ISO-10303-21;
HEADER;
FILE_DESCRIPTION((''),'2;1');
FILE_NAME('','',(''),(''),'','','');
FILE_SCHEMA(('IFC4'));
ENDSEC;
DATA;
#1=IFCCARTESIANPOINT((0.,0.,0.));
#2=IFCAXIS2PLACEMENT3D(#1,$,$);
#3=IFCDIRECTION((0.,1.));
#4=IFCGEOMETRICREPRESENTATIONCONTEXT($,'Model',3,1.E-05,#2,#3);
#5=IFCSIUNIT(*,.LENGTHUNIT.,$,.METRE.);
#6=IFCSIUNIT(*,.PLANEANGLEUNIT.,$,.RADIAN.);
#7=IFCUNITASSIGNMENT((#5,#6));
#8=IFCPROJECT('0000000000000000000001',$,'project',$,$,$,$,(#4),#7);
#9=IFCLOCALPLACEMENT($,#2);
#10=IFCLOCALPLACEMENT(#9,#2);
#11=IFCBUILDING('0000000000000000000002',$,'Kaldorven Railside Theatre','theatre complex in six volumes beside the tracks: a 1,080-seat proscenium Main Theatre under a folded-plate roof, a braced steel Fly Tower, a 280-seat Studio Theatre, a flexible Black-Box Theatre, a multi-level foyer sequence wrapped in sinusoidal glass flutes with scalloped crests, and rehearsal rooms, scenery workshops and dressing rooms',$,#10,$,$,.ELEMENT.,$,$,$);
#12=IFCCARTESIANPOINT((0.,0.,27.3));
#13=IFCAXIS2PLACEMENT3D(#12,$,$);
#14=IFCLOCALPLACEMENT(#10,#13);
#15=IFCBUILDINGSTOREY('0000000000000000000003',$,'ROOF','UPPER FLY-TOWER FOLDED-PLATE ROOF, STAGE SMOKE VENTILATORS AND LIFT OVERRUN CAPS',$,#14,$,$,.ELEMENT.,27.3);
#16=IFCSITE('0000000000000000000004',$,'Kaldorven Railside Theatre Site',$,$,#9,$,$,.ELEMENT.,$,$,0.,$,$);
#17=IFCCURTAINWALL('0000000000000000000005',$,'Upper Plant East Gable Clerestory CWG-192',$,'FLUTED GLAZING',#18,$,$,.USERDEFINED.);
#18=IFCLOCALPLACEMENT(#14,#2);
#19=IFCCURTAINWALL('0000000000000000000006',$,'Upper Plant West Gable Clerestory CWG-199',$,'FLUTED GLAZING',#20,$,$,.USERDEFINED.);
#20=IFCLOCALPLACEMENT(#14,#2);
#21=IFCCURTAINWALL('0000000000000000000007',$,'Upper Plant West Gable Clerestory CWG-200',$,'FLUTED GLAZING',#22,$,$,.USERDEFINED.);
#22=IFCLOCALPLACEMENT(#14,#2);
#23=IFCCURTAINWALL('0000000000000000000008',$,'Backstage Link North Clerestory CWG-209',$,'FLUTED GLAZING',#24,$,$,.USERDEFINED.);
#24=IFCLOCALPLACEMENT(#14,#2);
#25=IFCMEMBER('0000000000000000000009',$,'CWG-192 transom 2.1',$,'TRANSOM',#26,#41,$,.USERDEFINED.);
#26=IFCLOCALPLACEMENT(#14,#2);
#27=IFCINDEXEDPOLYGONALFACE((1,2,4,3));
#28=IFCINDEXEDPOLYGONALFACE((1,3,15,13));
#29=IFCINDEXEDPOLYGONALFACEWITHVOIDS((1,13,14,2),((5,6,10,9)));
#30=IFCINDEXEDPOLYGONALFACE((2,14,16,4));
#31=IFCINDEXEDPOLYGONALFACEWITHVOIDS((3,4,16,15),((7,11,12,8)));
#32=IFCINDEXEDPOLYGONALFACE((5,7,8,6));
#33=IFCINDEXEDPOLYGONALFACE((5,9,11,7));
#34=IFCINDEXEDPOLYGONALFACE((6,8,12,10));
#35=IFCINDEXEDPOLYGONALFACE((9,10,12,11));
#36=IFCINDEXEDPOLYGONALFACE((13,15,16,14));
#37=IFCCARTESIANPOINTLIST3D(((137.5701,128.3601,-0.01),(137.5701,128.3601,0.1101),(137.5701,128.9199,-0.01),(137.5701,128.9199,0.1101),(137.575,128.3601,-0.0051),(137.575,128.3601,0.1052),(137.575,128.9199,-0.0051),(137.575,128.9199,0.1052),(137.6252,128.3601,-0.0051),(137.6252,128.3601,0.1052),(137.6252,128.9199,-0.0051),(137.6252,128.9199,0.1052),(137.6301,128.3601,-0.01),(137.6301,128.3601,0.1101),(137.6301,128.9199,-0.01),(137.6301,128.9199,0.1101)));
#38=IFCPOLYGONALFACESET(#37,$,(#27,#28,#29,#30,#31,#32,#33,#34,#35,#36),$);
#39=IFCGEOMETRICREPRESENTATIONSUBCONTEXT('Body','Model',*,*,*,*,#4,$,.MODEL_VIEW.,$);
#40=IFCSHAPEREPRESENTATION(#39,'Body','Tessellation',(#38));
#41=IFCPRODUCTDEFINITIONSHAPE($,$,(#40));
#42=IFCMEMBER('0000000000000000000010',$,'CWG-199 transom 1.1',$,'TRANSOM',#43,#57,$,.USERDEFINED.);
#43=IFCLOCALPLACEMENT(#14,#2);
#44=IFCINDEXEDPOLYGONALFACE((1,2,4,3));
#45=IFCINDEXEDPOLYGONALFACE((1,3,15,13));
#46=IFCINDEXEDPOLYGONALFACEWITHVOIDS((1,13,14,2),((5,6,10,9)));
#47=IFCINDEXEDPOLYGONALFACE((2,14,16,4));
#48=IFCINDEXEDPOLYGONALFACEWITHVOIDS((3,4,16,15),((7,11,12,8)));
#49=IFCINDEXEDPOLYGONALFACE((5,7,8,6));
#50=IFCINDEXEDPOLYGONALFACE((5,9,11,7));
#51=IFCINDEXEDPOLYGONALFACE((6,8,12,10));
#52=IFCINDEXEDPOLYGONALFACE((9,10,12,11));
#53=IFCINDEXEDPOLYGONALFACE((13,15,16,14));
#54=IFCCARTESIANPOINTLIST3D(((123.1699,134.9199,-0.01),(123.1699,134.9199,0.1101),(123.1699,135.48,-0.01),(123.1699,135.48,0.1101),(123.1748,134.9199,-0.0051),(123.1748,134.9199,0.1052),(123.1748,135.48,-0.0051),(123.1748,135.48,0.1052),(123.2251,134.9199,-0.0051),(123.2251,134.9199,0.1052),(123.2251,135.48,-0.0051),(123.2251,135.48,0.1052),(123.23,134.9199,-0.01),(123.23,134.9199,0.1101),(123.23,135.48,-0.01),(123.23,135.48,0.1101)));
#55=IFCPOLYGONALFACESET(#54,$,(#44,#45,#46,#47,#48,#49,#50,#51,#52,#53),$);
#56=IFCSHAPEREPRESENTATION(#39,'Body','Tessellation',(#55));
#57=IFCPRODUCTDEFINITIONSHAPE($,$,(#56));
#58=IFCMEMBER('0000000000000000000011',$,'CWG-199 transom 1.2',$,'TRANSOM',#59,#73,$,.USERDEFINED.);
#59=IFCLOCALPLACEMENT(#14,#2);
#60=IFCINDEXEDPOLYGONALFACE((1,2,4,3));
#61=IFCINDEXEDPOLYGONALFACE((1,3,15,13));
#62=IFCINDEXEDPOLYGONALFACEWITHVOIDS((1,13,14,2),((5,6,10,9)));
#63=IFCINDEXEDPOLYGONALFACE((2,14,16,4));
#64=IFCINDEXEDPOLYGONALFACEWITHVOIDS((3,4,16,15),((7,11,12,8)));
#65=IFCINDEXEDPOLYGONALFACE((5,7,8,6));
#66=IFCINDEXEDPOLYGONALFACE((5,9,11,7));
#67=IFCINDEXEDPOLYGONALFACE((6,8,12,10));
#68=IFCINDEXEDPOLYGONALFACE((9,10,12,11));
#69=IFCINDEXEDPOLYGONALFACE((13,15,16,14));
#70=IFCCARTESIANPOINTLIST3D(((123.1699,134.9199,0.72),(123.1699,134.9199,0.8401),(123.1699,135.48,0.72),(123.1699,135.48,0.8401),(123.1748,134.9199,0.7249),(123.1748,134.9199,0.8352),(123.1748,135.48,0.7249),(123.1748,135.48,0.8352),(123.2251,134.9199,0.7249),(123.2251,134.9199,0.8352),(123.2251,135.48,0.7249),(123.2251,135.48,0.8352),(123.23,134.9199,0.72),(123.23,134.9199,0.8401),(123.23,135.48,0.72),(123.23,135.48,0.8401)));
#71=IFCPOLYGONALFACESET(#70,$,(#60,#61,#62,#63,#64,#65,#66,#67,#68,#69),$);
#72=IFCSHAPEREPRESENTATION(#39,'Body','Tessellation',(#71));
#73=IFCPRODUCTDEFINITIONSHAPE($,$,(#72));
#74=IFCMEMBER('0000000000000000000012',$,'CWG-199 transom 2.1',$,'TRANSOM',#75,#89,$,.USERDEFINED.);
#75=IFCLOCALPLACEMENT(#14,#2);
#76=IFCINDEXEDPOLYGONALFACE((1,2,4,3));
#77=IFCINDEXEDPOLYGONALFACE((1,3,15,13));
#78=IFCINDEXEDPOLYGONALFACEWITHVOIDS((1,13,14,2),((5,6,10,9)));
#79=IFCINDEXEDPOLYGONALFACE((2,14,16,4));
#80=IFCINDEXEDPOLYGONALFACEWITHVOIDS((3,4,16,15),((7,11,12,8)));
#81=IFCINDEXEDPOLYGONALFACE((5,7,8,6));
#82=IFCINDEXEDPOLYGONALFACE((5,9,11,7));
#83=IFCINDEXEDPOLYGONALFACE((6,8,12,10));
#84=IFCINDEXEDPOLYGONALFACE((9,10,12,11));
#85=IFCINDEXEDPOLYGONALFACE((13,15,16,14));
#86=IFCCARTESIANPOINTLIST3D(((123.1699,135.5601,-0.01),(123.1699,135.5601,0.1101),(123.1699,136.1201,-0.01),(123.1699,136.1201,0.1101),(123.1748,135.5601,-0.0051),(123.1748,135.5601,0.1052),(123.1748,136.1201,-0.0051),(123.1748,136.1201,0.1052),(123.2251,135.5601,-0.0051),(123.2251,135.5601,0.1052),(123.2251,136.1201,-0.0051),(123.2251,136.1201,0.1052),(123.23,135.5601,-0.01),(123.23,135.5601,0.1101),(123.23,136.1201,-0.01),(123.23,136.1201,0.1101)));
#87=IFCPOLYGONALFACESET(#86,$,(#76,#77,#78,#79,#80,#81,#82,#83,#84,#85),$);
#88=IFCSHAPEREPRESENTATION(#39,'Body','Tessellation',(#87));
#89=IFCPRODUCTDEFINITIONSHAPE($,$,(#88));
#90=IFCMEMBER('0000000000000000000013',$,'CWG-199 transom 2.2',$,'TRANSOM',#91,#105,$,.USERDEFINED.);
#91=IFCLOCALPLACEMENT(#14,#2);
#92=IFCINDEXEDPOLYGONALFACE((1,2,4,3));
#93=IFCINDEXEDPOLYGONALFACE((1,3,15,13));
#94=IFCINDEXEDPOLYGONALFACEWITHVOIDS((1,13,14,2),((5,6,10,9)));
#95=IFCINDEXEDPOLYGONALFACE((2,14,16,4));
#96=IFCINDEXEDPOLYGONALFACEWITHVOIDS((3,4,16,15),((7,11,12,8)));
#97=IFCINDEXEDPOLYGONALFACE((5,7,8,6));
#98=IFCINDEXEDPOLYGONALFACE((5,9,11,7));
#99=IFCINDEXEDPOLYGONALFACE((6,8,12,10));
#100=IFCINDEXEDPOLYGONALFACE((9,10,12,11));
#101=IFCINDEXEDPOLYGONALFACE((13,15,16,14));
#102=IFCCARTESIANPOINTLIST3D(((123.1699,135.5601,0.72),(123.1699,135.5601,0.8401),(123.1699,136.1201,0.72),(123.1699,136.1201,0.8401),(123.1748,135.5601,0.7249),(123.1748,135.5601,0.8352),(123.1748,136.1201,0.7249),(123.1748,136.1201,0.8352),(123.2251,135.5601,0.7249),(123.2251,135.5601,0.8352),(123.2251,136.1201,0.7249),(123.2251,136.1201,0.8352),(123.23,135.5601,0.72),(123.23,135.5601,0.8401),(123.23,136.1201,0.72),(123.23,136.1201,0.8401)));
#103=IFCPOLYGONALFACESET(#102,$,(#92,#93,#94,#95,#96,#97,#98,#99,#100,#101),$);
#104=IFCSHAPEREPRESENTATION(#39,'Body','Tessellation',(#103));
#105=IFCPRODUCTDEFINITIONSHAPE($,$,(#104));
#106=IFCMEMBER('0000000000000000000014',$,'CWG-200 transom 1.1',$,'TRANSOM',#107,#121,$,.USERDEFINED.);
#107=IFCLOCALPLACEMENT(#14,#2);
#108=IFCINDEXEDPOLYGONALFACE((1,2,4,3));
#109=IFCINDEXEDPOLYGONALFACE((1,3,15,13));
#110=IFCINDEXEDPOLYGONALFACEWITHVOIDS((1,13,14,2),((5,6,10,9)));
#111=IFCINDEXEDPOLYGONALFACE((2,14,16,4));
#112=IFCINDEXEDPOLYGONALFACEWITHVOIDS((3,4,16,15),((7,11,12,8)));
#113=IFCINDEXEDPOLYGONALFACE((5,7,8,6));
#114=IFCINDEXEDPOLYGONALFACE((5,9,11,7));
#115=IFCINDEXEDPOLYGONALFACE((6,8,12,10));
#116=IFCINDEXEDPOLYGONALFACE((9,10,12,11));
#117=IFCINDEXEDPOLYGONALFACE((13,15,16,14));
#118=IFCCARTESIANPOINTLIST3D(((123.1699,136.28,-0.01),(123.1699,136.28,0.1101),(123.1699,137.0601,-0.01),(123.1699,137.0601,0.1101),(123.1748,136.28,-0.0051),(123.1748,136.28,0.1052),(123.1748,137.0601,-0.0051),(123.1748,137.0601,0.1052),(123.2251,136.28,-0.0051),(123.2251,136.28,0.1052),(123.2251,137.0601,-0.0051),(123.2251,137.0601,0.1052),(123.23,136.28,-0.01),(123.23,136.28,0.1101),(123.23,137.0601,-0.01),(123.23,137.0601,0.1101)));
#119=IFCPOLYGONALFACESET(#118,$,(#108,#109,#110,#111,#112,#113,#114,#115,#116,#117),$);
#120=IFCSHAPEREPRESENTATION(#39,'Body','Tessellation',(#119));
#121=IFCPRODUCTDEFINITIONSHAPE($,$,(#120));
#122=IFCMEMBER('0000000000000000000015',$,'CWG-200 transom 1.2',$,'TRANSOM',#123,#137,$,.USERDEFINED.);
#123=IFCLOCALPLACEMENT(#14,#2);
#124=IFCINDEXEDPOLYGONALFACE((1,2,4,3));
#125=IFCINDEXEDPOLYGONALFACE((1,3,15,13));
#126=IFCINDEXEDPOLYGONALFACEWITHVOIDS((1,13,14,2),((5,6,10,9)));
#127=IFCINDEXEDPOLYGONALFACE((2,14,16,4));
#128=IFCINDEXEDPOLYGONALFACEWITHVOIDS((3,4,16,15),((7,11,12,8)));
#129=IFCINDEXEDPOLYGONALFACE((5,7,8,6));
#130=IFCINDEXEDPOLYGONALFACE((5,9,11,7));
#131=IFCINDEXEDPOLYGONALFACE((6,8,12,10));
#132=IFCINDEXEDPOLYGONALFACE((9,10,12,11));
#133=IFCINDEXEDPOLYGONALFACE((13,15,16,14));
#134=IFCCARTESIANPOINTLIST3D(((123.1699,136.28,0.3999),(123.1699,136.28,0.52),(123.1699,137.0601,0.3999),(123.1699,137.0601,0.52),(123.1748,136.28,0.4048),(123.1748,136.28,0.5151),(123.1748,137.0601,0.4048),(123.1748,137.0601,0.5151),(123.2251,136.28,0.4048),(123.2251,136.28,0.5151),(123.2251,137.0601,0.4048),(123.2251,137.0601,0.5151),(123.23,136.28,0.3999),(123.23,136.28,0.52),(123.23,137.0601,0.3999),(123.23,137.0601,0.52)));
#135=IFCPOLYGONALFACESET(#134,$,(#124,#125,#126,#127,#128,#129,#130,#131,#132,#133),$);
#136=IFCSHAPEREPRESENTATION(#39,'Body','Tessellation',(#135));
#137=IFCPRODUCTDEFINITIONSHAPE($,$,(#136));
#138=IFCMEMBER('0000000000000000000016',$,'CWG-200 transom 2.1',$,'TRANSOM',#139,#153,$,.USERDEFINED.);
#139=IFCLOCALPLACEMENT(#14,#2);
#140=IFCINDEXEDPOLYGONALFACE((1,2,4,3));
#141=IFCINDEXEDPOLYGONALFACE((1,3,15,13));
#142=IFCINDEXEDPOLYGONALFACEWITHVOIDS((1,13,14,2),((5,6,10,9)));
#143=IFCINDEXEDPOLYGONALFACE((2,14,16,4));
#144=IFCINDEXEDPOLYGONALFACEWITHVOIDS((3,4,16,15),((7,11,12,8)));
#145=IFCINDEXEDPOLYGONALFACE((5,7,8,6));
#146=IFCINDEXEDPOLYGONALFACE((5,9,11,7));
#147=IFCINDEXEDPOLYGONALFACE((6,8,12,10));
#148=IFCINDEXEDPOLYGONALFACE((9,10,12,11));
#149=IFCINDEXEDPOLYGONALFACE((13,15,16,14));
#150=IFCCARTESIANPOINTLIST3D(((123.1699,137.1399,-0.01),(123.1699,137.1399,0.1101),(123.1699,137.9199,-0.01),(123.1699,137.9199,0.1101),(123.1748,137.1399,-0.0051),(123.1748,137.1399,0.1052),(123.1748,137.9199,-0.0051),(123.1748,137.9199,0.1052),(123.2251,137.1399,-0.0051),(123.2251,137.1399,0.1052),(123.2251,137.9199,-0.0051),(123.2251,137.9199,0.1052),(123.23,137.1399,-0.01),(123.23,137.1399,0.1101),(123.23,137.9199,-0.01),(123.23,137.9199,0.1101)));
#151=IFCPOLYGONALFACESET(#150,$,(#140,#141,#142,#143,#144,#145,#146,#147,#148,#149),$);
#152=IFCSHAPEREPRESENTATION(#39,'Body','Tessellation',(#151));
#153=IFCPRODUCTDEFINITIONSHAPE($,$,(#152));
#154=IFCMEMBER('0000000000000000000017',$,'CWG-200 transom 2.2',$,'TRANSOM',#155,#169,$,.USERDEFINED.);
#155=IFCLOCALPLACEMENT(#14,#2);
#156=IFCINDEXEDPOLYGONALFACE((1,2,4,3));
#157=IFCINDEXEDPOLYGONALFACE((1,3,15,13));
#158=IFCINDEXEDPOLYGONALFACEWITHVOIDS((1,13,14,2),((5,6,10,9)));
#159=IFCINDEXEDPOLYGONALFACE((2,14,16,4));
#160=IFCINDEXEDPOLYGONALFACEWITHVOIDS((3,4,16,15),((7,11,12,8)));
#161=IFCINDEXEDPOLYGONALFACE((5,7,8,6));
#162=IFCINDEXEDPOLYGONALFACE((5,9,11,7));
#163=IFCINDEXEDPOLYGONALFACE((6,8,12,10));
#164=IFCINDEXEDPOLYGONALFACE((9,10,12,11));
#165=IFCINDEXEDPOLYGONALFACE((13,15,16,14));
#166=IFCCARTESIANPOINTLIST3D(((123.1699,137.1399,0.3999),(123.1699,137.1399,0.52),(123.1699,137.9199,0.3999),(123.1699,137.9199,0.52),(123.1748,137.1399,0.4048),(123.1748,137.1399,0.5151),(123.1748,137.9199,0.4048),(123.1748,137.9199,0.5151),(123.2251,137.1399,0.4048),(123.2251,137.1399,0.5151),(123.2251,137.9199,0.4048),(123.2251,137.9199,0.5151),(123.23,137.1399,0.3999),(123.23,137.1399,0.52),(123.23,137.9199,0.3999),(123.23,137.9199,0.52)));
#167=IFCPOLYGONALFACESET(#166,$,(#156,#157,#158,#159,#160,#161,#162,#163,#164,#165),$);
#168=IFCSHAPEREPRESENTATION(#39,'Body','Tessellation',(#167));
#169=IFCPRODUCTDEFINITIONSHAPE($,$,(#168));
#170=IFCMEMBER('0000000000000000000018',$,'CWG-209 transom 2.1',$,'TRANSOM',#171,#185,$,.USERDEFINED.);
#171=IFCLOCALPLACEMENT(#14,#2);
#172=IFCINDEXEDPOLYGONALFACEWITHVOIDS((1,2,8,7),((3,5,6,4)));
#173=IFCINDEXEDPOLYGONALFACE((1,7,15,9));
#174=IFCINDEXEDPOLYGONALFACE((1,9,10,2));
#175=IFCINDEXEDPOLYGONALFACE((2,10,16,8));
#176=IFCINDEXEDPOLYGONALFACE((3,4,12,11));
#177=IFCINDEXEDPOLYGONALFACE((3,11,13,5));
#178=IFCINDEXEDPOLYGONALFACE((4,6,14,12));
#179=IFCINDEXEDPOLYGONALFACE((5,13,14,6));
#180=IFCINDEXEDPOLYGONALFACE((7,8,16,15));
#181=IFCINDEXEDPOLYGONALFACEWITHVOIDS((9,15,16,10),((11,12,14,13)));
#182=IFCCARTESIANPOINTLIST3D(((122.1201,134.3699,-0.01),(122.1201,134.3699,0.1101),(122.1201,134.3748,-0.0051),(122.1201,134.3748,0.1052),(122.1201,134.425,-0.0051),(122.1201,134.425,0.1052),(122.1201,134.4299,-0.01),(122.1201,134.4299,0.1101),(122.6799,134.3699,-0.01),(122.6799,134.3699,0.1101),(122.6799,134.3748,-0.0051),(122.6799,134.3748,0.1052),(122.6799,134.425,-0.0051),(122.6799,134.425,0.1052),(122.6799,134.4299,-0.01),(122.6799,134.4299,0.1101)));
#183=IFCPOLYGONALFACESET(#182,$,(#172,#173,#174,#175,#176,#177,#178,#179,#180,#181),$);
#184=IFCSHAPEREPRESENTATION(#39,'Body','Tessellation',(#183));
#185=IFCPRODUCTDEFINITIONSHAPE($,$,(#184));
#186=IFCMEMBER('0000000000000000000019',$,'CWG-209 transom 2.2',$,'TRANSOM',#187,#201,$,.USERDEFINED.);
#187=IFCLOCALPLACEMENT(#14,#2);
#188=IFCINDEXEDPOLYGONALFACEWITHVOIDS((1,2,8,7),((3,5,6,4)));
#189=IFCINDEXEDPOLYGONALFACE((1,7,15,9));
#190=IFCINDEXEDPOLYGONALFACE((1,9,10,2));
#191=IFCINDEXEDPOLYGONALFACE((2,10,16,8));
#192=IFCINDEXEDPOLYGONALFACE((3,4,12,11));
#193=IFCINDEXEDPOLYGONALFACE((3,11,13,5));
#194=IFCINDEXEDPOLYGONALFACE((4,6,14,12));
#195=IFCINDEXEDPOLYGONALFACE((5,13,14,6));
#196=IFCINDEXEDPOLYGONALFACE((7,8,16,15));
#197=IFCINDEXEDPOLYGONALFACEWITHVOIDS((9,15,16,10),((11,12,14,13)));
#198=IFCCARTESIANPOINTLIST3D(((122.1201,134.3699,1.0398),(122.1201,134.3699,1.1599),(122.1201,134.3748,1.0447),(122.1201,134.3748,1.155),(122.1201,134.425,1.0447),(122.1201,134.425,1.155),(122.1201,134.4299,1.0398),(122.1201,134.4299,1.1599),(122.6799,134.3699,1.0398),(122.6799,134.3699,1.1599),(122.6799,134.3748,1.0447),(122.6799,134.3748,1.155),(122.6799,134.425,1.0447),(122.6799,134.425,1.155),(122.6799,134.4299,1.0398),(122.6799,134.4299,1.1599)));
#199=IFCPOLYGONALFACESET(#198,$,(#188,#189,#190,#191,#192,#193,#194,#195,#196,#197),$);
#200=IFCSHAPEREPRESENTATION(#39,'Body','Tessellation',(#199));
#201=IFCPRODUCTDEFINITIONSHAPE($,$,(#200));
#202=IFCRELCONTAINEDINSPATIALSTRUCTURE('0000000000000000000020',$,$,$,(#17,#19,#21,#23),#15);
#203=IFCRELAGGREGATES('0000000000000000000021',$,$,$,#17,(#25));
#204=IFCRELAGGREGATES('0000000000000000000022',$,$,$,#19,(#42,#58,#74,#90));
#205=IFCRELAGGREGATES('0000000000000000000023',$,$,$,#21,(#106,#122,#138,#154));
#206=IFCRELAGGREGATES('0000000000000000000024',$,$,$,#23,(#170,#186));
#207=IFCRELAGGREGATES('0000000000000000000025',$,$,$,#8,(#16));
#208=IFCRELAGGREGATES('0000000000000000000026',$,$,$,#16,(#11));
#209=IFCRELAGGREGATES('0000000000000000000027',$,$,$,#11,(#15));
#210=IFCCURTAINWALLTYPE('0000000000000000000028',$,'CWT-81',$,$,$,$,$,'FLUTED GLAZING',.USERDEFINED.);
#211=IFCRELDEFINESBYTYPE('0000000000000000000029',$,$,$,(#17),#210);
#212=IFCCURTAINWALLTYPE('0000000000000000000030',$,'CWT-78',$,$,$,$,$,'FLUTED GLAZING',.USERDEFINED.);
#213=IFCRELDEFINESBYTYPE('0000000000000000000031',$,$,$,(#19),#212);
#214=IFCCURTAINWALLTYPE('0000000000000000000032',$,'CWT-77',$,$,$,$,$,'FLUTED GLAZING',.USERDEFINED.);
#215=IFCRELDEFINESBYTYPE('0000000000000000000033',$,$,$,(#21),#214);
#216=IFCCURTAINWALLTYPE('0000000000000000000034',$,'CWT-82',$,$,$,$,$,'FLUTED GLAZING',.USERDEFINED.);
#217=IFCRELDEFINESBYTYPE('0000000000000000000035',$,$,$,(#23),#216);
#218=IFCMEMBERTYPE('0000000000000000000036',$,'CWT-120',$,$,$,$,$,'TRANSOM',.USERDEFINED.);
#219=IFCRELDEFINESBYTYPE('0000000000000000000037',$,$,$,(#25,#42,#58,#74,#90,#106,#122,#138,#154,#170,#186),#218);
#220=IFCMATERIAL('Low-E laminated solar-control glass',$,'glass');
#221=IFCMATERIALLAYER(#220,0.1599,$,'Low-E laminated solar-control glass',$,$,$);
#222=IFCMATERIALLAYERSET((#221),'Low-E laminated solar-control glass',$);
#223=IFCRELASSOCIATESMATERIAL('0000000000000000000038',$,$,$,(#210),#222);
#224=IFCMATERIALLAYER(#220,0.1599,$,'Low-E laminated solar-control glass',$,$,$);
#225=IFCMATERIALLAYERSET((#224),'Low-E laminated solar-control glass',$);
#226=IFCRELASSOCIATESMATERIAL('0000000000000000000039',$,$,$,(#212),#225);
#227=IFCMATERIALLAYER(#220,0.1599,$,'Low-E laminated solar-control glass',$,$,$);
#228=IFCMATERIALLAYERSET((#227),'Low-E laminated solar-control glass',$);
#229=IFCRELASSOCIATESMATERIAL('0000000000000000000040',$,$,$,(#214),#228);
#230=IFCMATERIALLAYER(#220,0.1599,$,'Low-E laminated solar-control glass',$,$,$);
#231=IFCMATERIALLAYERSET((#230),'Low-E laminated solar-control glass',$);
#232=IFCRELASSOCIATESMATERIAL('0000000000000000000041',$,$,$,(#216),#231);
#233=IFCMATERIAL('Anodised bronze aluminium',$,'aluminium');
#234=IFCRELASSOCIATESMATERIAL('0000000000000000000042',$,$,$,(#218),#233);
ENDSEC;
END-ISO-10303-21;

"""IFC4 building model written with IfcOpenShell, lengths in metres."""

from ifc_helpers import new_model, si_unit, direction, frame, origin, origin_2d, place, context, subcontext, project, spatial, hollow_rectangle, extrude, material, layer, layer_set, material_profile, profile_set, type_object, element, aggregate, save


model = new_model("IFC4")

# Units and contexts
model_context = context("Model", 3, precision=1e-05, world=origin(), true_north=direction((0.0, 1.0)))
body_context = subcontext(model_context, "Body", "Model", "MODEL_VIEW")
ifc_project = project(units=[si_unit("LENGTHUNIT", "METRE"), si_unit("PLANEANGLEUNIT", "RADIAN")], contexts=[model_context])

# Site, building, storey
site_placement = place(None, origin())
site = spatial("IfcSite", under=ifc_project, at=site_placement, Name="Kaldorven Railside Theatre Site", CompositionType="ELEMENT", RefElevation=0.0)
building_placement = place(site_placement, origin())
building = spatial("IfcBuilding", under=site, at=building_placement, Name="Kaldorven Railside Theatre", Description="theatre complex in six volumes beside the tracks: a 1,080-seat proscenium Main Theatre under a folded-plate roof, a braced steel Fly Tower, a 280-seat Studio Theatre, a flexible Black-Box Theatre, a multi-level foyer sequence wrapped in sinusoidal glass flutes with scalloped crests, and rehearsal rooms, scenery workshops and dressing rooms", CompositionType="ELEMENT")
storey_placement = place(building_placement, frame((0.0, 0.0, 27.3)))
storey = spatial("IfcBuildingStorey", under=building, at=storey_placement, Name="ROOF", Description="UPPER FLY-TOWER FOLDED-PLATE ROOF, STAGE SMOKE VENTILATORS AND LIFT OVERRUN CAPS", CompositionType="ELEMENT", Elevation=27.3)

# Curtain wall
ifc_material_1 = material(Name="Low-E laminated solar-control glass", Category="glass")
ifc_layer_1 = layer(ifc_material_1, 0.1599, Name="Low-E laminated solar-control glass")
ifc_layer_set_1 = layer_set([ifc_layer_1], Name="Low-E laminated solar-control glass")
curtain_wall_type_1 = type_object("IfcCurtainWallType", Name="CWT-81", ElementType="FLUTED GLAZING", PredefinedType="USERDEFINED", material=ifc_layer_set_1)
curtain_wall_1_placement = place(storey_placement, origin())
curtain_wall_1 = element("IfcCurtainWall", 1, at=curtain_wall_1_placement, inside=storey, type_object=curtain_wall_type_1, Name="Upper Plant East Gable Clerestory CWG-192", ObjectType="FLUTED GLAZING", PredefinedType="USERDEFINED")
ifc_material_2 = material(Name="Anodised bronze aluminium", Category="aluminium")

# Curtain walls
ifc_layer_2 = layer(ifc_material_1, 0.1599, Name="Low-E laminated solar-control glass")
ifc_layer_set_2 = layer_set([ifc_layer_2], Name="Low-E laminated solar-control glass")
curtain_wall_type_2 = type_object("IfcCurtainWallType", Name="CWT-78", ElementType="FLUTED GLAZING", PredefinedType="USERDEFINED", material=ifc_layer_set_2)
curtain_wall_2_placement = place(storey_placement, origin())
curtain_wall_2 = element("IfcCurtainWall", 2, at=curtain_wall_2_placement, inside=storey, type_object=curtain_wall_type_2, Name="Upper Plant West Gable Clerestory CWG-199", ObjectType="FLUTED GLAZING", PredefinedType="USERDEFINED")
ifc_layer_3 = layer(ifc_material_1, 0.1599, Name="Low-E laminated solar-control glass")
ifc_layer_set_3 = layer_set([ifc_layer_3], Name="Low-E laminated solar-control glass")
curtain_wall_type_3 = type_object("IfcCurtainWallType", Name="CWT-77", ElementType="FLUTED GLAZING", PredefinedType="USERDEFINED", material=ifc_layer_set_3)
curtain_wall_3_placement = place(storey_placement, origin())
curtain_wall_3 = element("IfcCurtainWall", 3, at=curtain_wall_3_placement, inside=storey, type_object=curtain_wall_type_3, Name="Upper Plant West Gable Clerestory CWG-200", ObjectType="FLUTED GLAZING", PredefinedType="USERDEFINED")
ifc_layer_4 = layer(ifc_material_1, 0.1599, Name="Low-E laminated solar-control glass")
ifc_layer_set_4 = layer_set([ifc_layer_4], Name="Low-E laminated solar-control glass")
curtain_wall_type_4 = type_object("IfcCurtainWallType", Name="CWT-82", ElementType="FLUTED GLAZING", PredefinedType="USERDEFINED", material=ifc_layer_set_4)
curtain_wall_4_placement = place(storey_placement, origin())
curtain_wall_4 = element("IfcCurtainWall", 4, at=curtain_wall_4_placement, inside=storey, type_object=curtain_wall_type_4, Name="Backstage Link North Clerestory CWG-209", ObjectType="FLUTED GLAZING", PredefinedType="USERDEFINED")

# Members
ifc_material_profile_1 = material_profile(ifc_material_2, hollow_rectangle(XDim=0.0601, YDim=0.1201, WallThickness=0.0049, at=origin_2d()), Name="RHS 120x60x5")
ifc_profile_set_1 = profile_set([ifc_material_profile_1], Name="Anodised bronze aluminium")
member_type_1 = type_object("IfcMemberType", Name="CWT-120", ElementType="TRANSOM", PredefinedType="USERDEFINED", material=ifc_profile_set_1)
member_1_placement = place(storey_placement, frame((137.6001, 128.3601, 0.05), z_axis=(0.0, 1.0, 0.0), x_axis=(-1.0, 0.0, 0.0)))
member_1 = element("IfcMember", 5, at=member_1_placement, type_object=member_type_1, Name="CWG-192 transom 2.1", ObjectType="TRANSOM", PredefinedType="USERDEFINED", context=body_context, shape_type="SweptSolid", body=[
    extrude(hollow_rectangle(XDim=0.0601, YDim=0.1201, WallThickness=0.0049, at=origin_2d()), origin(), (0.0, 0.0, 1.0), 0.5598),
])
member_2_placement = place(storey_placement, frame((123.2, 134.9199, 0.05), z_axis=(0.0, 1.0, 0.0), x_axis=(-1.0, 0.0, 0.0)))
member_2 = element("IfcMember", 6, at=member_2_placement, type_object=member_type_1, Name="CWG-199 transom 1.1", ObjectType="TRANSOM", PredefinedType="USERDEFINED", context=body_context, shape_type="SweptSolid", body=[
    extrude(hollow_rectangle(XDim=0.0601, YDim=0.1201, WallThickness=0.0049, at=origin_2d()), origin(), (0.0, 0.0, 1.0), 0.5601),
])
member_3_placement = place(storey_placement, frame((123.2, 134.9199, 0.78), z_axis=(0.0, 1.0, 0.0), x_axis=(-1.0, 0.0, 0.0)))
member_3 = element("IfcMember", 7, at=member_3_placement, type_object=member_type_1, Name="CWG-199 transom 1.2", ObjectType="TRANSOM", PredefinedType="USERDEFINED", context=body_context, shape_type="SweptSolid", body=[
    extrude(hollow_rectangle(XDim=0.0601, YDim=0.1201, WallThickness=0.0049, at=origin_2d()), origin(), (0.0, 0.0, 1.0), 0.5601),
])
member_4_placement = place(storey_placement, frame((123.2, 135.5601, 0.05), z_axis=(0.0, 1.0, 0.0), x_axis=(-1.0, 0.0, 0.0)))
member_4 = element("IfcMember", 8, at=member_4_placement, type_object=member_type_1, Name="CWG-199 transom 2.1", ObjectType="TRANSOM", PredefinedType="USERDEFINED", context=body_context, shape_type="SweptSolid", body=[
    extrude(hollow_rectangle(XDim=0.0601, YDim=0.1201, WallThickness=0.0049, at=origin_2d()), origin(), (0.0, 0.0, 1.0), 0.5601),
])
member_5_placement = place(storey_placement, frame((123.2, 135.5601, 0.78), z_axis=(0.0, 1.0, 0.0), x_axis=(-1.0, 0.0, 0.0)))
member_5 = element("IfcMember", 9, at=member_5_placement, type_object=member_type_1, Name="CWG-199 transom 2.2", ObjectType="TRANSOM", PredefinedType="USERDEFINED", context=body_context, shape_type="SweptSolid", body=[
    extrude(hollow_rectangle(XDim=0.0601, YDim=0.1201, WallThickness=0.0049, at=origin_2d()), origin(), (0.0, 0.0, 1.0), 0.5601),
])
member_6_placement = place(storey_placement, frame((123.2, 136.28, 0.05), z_axis=(0.0, 1.0, 0.0), x_axis=(-1.0, 0.0, 0.0)))
member_6 = element("IfcMember", 10, at=member_6_placement, type_object=member_type_1, Name="CWG-200 transom 1.1", ObjectType="TRANSOM", PredefinedType="USERDEFINED", context=body_context, shape_type="SweptSolid", body=[
    extrude(hollow_rectangle(XDim=0.0601, YDim=0.1201, WallThickness=0.0049, at=origin_2d()), origin(), (0.0, 0.0, 1.0), 0.78),
])
member_7_placement = place(storey_placement, frame((123.2, 136.28, 0.46), z_axis=(0.0, 1.0, 0.0), x_axis=(-1.0, 0.0, 0.0)))
member_7 = element("IfcMember", 11, at=member_7_placement, type_object=member_type_1, Name="CWG-200 transom 1.2", ObjectType="TRANSOM", PredefinedType="USERDEFINED", context=body_context, shape_type="SweptSolid", body=[
    extrude(hollow_rectangle(XDim=0.0601, YDim=0.1201, WallThickness=0.0049, at=origin_2d()), origin(), (0.0, 0.0, 1.0), 0.78),
])
member_8_placement = place(storey_placement, frame((123.2, 137.1399, 0.05), z_axis=(0.0, 1.0, 0.0), x_axis=(-1.0, 0.0, 0.0)))
member_8 = element("IfcMember", 12, at=member_8_placement, type_object=member_type_1, Name="CWG-200 transom 2.1", ObjectType="TRANSOM", PredefinedType="USERDEFINED", context=body_context, shape_type="SweptSolid", body=[
    extrude(hollow_rectangle(XDim=0.0601, YDim=0.1201, WallThickness=0.0049, at=origin_2d()), origin(), (0.0, 0.0, 1.0), 0.78),
])
member_9_placement = place(storey_placement, frame((123.2, 137.1399, 0.46), z_axis=(0.0, 1.0, 0.0), x_axis=(-1.0, 0.0, 0.0)))
member_9 = element("IfcMember", 13, at=member_9_placement, type_object=member_type_1, Name="CWG-200 transom 2.2", ObjectType="TRANSOM", PredefinedType="USERDEFINED", context=body_context, shape_type="SweptSolid", body=[
    extrude(hollow_rectangle(XDim=0.0601, YDim=0.1201, WallThickness=0.0049, at=origin_2d()), origin(), (0.0, 0.0, 1.0), 0.78),
])
member_10_placement = place(storey_placement, frame((122.1201, 134.3999, 0.05), z_axis=(1.0, 0.0, 0.0), x_axis=(0.0, 1.0, 0.0)))
member_10 = element("IfcMember", 14, at=member_10_placement, type_object=member_type_1, Name="CWG-209 transom 2.1", ObjectType="TRANSOM", PredefinedType="USERDEFINED", context=body_context, shape_type="SweptSolid", body=[
    extrude(hollow_rectangle(XDim=0.0601, YDim=0.1201, WallThickness=0.0049, at=origin_2d()), origin(), (0.0, 0.0, 1.0), 0.5598),
])
member_11_placement = place(storey_placement, frame((122.1201, 134.3999, 1.0999), z_axis=(1.0, 0.0, 0.0), x_axis=(0.0, 1.0, 0.0)))
member_11 = element("IfcMember", 15, at=member_11_placement, type_object=member_type_1, Name="CWG-209 transom 2.2", ObjectType="TRANSOM", PredefinedType="USERDEFINED", context=body_context, shape_type="SweptSolid", body=[
    extrude(hollow_rectangle(XDim=0.0601, YDim=0.1201, WallThickness=0.0049, at=origin_2d()), origin(), (0.0, 0.0, 1.0), 0.5598),
])

aggregate(curtain_wall_1, [member_1])
aggregate(curtain_wall_2, [member_2, member_3, member_4, member_5])
aggregate(curtain_wall_3, [member_6, member_7, member_8, member_9])
aggregate(curtain_wall_4, [member_10, member_11])

save(model, "model.ifc")
